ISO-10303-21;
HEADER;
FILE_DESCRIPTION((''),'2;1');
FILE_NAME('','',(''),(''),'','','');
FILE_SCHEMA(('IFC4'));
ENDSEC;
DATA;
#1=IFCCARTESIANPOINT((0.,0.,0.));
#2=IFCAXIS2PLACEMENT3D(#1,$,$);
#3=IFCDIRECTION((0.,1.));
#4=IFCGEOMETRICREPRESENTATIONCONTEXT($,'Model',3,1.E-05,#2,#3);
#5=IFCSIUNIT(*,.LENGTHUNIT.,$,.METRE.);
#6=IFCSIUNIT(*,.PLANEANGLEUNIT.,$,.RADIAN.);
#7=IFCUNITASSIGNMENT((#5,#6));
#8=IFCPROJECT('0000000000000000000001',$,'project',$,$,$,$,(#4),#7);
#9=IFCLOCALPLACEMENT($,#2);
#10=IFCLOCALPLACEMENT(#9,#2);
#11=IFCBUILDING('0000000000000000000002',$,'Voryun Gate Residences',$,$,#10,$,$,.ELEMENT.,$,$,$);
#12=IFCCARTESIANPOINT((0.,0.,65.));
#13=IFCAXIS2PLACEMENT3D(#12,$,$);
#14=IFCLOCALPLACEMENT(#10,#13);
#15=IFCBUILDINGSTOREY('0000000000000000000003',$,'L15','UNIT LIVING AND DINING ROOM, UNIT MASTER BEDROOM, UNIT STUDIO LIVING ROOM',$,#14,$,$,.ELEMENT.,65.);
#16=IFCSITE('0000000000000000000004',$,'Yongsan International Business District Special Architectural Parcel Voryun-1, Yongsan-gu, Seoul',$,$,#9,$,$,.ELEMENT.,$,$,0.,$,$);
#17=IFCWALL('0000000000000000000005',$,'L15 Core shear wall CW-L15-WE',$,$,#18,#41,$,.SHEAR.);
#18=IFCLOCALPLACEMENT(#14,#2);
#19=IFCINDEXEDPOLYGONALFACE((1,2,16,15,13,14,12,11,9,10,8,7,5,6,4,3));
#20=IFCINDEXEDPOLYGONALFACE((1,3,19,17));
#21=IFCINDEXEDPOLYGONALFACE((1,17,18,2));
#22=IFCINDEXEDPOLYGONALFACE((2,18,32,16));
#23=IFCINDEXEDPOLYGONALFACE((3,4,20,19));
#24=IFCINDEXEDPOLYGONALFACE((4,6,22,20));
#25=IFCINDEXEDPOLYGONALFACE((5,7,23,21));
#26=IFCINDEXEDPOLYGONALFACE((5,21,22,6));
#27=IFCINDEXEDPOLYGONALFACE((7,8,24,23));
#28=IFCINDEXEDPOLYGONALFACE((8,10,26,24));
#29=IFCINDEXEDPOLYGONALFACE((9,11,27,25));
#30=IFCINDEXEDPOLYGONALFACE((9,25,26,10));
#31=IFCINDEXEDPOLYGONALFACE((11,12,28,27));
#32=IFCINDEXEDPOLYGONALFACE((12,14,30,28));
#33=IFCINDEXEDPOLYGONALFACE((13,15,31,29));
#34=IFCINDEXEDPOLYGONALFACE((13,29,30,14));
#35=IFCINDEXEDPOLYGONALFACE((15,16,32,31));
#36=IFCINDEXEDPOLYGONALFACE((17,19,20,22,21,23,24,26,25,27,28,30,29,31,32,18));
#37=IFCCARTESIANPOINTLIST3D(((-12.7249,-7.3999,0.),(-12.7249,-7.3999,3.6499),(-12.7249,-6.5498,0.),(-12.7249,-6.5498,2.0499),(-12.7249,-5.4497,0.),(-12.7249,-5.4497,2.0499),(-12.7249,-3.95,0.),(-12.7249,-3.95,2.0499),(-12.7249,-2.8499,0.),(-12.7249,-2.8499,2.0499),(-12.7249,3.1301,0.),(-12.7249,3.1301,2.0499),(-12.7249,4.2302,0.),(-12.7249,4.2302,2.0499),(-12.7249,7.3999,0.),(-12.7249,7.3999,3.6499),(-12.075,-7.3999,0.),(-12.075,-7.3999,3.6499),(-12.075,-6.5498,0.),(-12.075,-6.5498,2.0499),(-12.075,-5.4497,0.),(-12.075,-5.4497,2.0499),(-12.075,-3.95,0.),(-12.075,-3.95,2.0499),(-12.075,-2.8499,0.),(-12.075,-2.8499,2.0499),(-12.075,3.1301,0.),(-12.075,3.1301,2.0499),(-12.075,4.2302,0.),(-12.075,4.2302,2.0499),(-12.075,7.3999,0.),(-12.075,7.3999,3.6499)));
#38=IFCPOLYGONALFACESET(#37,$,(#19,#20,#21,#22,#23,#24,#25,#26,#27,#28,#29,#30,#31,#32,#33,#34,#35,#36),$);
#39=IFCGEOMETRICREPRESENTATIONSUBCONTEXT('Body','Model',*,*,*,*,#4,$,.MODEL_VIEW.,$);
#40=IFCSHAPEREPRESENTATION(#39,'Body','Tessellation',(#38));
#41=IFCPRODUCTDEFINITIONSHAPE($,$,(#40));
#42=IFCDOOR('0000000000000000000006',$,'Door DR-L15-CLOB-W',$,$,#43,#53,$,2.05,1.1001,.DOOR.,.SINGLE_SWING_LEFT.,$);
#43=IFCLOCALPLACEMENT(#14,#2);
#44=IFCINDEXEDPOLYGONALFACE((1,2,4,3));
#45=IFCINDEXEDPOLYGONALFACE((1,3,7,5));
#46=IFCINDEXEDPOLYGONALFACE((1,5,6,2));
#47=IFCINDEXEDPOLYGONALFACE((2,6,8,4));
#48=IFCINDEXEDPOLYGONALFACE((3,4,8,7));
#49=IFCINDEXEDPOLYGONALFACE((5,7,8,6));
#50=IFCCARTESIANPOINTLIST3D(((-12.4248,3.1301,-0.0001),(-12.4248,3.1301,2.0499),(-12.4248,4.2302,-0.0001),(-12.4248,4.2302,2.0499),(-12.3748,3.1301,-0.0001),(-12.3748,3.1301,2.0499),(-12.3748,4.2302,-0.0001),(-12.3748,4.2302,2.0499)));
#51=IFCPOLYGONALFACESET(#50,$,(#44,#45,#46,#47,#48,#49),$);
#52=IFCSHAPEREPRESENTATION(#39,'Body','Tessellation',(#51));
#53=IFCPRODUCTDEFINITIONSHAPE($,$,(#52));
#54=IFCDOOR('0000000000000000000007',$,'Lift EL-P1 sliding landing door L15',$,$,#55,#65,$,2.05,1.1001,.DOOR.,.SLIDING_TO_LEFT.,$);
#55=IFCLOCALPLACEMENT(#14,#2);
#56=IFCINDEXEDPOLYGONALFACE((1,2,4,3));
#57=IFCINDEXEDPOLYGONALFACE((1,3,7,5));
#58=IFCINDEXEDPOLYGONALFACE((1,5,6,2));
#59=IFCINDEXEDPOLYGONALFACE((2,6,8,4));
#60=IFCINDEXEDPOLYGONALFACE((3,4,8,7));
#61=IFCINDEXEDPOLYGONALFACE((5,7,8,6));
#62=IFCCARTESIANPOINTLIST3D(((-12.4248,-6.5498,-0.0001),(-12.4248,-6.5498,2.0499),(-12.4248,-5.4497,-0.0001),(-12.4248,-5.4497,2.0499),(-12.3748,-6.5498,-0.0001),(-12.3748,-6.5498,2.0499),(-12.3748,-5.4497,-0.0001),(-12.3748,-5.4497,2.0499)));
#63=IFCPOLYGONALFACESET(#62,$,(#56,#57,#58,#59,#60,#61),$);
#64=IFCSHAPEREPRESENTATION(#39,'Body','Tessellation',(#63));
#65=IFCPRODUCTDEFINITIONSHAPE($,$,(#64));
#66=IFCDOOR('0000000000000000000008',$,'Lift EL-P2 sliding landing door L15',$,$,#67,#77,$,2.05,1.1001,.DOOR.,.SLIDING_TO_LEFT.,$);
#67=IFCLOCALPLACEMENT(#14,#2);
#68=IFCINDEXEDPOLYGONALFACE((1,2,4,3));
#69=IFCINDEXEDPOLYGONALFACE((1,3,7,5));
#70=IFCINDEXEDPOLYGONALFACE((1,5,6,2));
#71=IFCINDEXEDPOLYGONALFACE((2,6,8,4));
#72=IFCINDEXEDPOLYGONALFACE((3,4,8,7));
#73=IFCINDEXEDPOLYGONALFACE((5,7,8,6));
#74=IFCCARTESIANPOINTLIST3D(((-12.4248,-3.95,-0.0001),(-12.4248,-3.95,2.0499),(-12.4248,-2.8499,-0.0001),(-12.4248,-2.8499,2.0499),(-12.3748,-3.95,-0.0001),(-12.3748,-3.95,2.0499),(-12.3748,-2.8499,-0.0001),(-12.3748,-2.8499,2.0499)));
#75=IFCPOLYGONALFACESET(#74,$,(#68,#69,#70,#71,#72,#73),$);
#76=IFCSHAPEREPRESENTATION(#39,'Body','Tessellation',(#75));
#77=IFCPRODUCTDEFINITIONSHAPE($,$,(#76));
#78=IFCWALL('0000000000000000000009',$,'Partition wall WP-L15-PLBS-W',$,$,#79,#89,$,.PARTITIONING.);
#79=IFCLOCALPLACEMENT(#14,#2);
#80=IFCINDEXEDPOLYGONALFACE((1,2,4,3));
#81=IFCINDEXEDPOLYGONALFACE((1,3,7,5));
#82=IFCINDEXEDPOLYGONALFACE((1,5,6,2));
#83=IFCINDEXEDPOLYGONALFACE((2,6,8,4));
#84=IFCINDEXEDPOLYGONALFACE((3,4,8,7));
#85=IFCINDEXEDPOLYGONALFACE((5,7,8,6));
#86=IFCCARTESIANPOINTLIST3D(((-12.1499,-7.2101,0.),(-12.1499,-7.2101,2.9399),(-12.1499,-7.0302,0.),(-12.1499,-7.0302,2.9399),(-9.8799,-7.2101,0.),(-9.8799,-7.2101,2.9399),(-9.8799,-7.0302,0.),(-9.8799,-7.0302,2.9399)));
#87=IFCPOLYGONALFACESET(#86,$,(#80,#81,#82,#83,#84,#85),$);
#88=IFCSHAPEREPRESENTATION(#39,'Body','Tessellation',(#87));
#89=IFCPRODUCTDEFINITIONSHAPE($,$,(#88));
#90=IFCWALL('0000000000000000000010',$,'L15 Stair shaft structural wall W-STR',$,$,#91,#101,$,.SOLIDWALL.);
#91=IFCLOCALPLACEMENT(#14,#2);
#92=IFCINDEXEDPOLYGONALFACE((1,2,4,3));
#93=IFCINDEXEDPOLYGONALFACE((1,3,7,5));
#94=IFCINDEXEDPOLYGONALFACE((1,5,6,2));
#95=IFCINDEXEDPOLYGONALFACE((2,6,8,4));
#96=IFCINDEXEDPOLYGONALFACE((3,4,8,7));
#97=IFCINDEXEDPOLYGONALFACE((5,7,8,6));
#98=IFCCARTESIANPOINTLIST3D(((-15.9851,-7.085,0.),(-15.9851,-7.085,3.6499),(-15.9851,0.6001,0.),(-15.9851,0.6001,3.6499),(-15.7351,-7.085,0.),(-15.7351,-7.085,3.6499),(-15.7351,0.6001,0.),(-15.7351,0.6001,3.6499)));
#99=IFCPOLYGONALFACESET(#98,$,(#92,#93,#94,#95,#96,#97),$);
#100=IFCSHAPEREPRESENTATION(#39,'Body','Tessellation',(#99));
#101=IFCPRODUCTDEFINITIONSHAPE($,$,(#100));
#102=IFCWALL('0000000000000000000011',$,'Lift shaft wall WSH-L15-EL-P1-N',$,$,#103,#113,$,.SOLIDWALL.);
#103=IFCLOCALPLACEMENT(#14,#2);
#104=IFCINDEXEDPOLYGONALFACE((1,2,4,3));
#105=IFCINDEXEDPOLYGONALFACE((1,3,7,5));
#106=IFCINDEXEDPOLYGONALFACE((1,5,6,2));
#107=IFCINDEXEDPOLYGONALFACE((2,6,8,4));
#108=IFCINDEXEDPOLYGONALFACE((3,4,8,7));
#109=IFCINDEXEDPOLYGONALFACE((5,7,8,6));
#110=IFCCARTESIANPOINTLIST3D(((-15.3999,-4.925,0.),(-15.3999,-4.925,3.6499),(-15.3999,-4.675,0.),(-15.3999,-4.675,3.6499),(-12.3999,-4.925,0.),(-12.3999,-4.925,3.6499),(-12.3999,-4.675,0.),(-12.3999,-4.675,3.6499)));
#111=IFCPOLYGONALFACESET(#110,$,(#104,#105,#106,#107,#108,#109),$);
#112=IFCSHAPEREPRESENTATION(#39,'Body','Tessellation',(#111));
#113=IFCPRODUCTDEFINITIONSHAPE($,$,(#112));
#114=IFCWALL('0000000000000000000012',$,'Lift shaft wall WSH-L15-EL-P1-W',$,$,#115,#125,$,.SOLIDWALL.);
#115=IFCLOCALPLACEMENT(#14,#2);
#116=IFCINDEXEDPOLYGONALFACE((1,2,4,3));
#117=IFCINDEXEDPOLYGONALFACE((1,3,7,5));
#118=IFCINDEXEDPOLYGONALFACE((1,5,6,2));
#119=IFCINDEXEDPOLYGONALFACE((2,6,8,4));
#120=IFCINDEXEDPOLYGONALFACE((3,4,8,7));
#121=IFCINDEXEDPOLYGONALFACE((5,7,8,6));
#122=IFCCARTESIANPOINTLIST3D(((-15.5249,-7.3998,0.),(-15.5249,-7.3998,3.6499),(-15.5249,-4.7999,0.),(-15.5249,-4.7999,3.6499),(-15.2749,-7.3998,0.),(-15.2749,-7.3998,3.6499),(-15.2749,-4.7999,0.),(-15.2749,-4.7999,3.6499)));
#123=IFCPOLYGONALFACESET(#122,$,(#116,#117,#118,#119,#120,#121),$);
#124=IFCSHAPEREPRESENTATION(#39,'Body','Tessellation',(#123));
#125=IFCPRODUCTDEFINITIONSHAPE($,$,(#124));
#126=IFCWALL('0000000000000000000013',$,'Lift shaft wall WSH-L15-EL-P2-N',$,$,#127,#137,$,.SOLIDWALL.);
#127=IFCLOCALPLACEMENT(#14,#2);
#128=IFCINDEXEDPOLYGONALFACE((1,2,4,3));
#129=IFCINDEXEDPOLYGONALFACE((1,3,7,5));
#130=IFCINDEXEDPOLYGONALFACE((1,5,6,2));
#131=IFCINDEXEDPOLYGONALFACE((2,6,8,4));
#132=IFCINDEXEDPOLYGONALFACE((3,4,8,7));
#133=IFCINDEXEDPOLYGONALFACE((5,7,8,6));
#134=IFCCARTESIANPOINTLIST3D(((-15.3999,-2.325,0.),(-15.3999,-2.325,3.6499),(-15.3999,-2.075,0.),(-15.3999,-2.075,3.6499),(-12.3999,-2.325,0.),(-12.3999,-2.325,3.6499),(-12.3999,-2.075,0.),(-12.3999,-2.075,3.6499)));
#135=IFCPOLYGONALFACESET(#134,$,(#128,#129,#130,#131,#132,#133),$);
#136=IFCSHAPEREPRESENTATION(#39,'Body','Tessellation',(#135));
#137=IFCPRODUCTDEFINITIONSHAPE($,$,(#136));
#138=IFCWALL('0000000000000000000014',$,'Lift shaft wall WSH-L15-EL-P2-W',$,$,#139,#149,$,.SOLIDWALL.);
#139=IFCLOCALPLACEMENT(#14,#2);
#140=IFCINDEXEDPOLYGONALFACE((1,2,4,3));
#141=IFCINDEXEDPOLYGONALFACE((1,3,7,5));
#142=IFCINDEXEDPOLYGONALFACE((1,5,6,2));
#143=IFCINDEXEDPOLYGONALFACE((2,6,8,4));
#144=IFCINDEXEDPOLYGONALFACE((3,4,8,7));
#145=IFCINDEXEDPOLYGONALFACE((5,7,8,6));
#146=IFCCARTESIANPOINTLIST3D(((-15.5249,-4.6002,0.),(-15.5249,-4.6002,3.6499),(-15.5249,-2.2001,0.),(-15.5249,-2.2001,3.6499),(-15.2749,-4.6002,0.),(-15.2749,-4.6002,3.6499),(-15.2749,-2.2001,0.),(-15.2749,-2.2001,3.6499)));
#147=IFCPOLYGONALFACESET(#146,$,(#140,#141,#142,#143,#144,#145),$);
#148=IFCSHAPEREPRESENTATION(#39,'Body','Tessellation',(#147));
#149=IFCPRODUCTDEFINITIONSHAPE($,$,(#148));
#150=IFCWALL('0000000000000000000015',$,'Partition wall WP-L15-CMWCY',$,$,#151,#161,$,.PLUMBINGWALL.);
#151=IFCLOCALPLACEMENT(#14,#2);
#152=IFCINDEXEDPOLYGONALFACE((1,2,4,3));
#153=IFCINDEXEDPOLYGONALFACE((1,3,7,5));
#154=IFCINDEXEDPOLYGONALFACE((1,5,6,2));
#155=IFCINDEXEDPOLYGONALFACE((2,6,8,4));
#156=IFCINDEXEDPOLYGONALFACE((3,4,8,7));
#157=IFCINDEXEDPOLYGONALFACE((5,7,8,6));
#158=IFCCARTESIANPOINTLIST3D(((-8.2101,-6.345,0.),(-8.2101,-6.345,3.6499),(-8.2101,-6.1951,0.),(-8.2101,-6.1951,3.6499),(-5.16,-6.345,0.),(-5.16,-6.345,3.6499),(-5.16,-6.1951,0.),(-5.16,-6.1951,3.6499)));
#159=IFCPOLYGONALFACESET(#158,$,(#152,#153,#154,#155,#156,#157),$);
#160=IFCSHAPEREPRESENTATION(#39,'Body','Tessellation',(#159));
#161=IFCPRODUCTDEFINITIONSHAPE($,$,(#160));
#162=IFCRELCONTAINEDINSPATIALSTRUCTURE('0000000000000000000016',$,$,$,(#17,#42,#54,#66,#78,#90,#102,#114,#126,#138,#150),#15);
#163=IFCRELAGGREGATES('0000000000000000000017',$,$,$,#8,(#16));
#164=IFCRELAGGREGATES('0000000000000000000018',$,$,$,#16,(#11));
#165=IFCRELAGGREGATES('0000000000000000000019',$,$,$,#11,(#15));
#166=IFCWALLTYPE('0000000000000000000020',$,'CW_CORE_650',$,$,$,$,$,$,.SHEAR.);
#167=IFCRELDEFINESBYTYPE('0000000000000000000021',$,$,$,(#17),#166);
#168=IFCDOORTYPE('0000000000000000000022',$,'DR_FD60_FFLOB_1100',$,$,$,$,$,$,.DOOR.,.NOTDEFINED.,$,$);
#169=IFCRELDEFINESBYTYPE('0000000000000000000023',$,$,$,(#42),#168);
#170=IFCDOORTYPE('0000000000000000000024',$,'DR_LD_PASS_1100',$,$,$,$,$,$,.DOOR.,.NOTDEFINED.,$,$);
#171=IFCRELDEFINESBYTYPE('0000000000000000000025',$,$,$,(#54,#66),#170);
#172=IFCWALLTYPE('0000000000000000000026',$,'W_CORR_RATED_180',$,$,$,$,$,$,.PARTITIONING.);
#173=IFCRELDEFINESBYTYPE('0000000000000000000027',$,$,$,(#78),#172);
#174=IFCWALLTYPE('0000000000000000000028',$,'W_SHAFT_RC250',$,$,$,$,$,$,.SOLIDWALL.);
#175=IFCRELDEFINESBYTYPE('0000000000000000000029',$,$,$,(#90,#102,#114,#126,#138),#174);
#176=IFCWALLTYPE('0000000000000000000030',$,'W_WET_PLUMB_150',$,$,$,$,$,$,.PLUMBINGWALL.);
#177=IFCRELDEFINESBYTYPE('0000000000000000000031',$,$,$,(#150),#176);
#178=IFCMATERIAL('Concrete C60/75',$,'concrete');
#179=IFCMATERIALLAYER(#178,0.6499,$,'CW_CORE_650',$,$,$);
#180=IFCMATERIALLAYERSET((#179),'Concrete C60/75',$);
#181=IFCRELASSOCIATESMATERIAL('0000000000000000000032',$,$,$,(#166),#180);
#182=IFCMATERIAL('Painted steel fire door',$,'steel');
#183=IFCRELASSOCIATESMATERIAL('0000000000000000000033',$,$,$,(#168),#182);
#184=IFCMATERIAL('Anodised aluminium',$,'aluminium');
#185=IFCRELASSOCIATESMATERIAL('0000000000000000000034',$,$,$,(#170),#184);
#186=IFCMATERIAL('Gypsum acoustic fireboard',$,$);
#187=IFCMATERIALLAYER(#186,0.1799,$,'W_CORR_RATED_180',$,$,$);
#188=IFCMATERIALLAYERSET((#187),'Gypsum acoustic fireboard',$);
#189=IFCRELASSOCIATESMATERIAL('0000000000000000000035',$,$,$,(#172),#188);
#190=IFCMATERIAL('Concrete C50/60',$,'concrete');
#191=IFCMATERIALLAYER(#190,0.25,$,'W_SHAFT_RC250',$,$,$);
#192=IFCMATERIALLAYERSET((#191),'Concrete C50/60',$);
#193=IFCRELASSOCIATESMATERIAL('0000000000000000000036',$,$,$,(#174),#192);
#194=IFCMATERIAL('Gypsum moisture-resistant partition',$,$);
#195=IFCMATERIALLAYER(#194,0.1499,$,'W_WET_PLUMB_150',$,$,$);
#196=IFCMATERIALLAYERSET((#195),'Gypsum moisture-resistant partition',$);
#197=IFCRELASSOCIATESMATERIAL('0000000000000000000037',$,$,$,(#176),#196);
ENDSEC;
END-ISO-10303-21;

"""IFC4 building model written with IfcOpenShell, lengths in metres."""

from ifc_helpers import new_model, si_unit, direction, frame, frame_2d, origin, place, context, subcontext, project, spatial, rectangle, extrude, material, layer, layer_set, type_object, element, fill, save


model = new_model("IFC4")

# Units and contexts
model_context = context("Model", 3, precision=1e-05, world=origin(), true_north=direction((0.0, 1.0)))
body_context = subcontext(model_context, "Body", "Model", "MODEL_VIEW")
ifc_project = project(units=[si_unit("LENGTHUNIT", "METRE"), si_unit("PLANEANGLEUNIT", "RADIAN")], contexts=[model_context])

# Site, building, storey
site_placement = place(None, origin())
site = spatial("IfcSite", under=ifc_project, at=site_placement, Name="Yongsan International Business District Special Architectural Parcel Voryun-1, Yongsan-gu, Seoul", CompositionType="ELEMENT", RefElevation=0.0)
building_placement = place(site_placement, origin())
building = spatial("IfcBuilding", under=site, at=building_placement, Name="Voryun Gate Residences", CompositionType="ELEMENT")
storey_placement = place(building_placement, frame((0.0, 0.0, 65.0)))
storey = spatial("IfcBuildingStorey", under=building, at=storey_placement, Name="L15", Description="UNIT LIVING AND DINING ROOM, UNIT MASTER BEDROOM, UNIT STUDIO LIVING ROOM", CompositionType="ELEMENT", Elevation=65.0)

# Wall, openings, doors
ifc_material_1 = material(Name="Concrete C60/75", Category="concrete")
ifc_layer_1 = layer(ifc_material_1, 0.6499, Name="CW_CORE_650")
ifc_layer_set_1 = layer_set([ifc_layer_1], Name="Concrete C60/75")
wall_type_1 = type_object("IfcWallType", Name="CW_CORE_650", PredefinedType="SHEAR", material=ifc_layer_set_1)
wall_1_placement = place(storey_placement, frame((-12.3999, -7.3999, 0.0), z_axis=(0.0, 0.0, 1.0), x_axis=(0.0, 1.0, 0.0)))
wall_1 = element("IfcWall", 1, at=wall_1_placement, inside=storey, type_object=wall_type_1, Name="L15 Core shear wall CW-L15-WE", PredefinedType="SHEAR", context=body_context, shape_type="SweptSolid", body=[
    extrude(rectangle(XDim=14.7998, YDim=0.6499, at=frame_2d((7.3999, 0.0))), origin(), (0.0, 0.0, 1.0), 3.6499),
])
opening_1_placement = place(wall_1_placement, frame((0.8501, 0.0, 0.0)))
opening_1 = element("IfcOpeningElement", 2, at=opening_1_placement, cuts=wall_1, PredefinedType="OPENING", context=body_context, shape_type="SweptSolid", body=[
    extrude(rectangle(XDim=1.1001, YDim=2.05, at=frame_2d((0.55, 1.0249))), frame((0.0, 0.335, 0.0), z_axis=(0.0, -1.0, 0.0), x_axis=(1.0, 0.0, 0.0)), (0.0, 0.0, 1.0), 0.6699),
])
opening_2_placement = place(wall_1_placement, frame((3.45, 0.0, 0.0)))
opening_2 = element("IfcOpeningElement", 3, at=opening_2_placement, cuts=wall_1, PredefinedType="OPENING", context=body_context, shape_type="SweptSolid", body=[
    extrude(rectangle(XDim=1.1001, YDim=2.05, at=frame_2d((0.55, 1.0249))), frame((0.0, 0.335, 0.0), z_axis=(0.0, -1.0, 0.0), x_axis=(1.0, 0.0, 0.0)), (0.0, 0.0, 1.0), 0.6699),
])
opening_3_placement = place(wall_1_placement, frame((10.53, 0.0, 0.0)))
opening_3 = element("IfcOpeningElement", 4, at=opening_3_placement, cuts=wall_1, PredefinedType="OPENING", context=body_context, shape_type="SweptSolid", body=[
    extrude(rectangle(XDim=1.1001, YDim=2.05, at=frame_2d((0.55, 1.0249))), frame((0.0, 0.335, 0.0), z_axis=(0.0, -1.0, 0.0), x_axis=(1.0, 0.0, 0.0)), (0.0, 0.0, 1.0), 0.6699),
])
ifc_material_2 = material(Name="Painted steel fire door", Category="steel")
door_type_1 = type_object("IfcDoorType", Name="DR_FD60_FFLOB_1100", OperationType="NOTDEFINED", PredefinedType="DOOR", material=ifc_material_2)
door_1_placement = place(opening_3_placement, origin())
door_1 = element("IfcDoor", 5, at=door_1_placement, inside=storey, type_object=door_type_1, Name="Door DR-L15-CLOB-W", OperationType="SINGLE_SWING_LEFT", OverallHeight=2.05, OverallWidth=1.1001, PredefinedType="DOOR", context=body_context, shape_type="SweptSolid", body=[
    extrude(rectangle(XDim=1.1001, YDim=2.05, at=frame_2d((0.55, 1.0249))), frame((0.0, 0.0249, 0.0), z_axis=(0.0, -1.0, 0.0), x_axis=(1.0, 0.0, 0.0)), (0.0, 0.0, 1.0), 0.05),
])
fill(opening_3, door_1)
ifc_material_3 = material(Name="Anodised aluminium", Category="aluminium")
door_type_2 = type_object("IfcDoorType", Name="DR_LD_PASS_1100", OperationType="NOTDEFINED", PredefinedType="DOOR", material=ifc_material_3)
door_2_placement = place(opening_1_placement, origin())
door_2 = element("IfcDoor", 6, at=door_2_placement, inside=storey, type_object=door_type_2, Name="Lift EL-P1 sliding landing door L15", OperationType="SLIDING_TO_LEFT", OverallHeight=2.05, OverallWidth=1.1001, PredefinedType="DOOR", context=body_context, shape_type="SweptSolid", body=[
    extrude(rectangle(XDim=1.1001, YDim=2.05, at=frame_2d((0.55, 1.0249))), frame((0.0, 0.0249, 0.0), z_axis=(0.0, -1.0, 0.0), x_axis=(1.0, 0.0, 0.0)), (0.0, 0.0, 1.0), 0.05),
])
fill(opening_1, door_2)
door_3_placement = place(opening_2_placement, origin())
door_3 = element("IfcDoor", 7, at=door_3_placement, inside=storey, type_object=door_type_2, Name="Lift EL-P2 sliding landing door L15", OperationType="SLIDING_TO_LEFT", OverallHeight=2.05, OverallWidth=1.1001, PredefinedType="DOOR", context=body_context, shape_type="SweptSolid", body=[
    extrude(rectangle(XDim=1.1001, YDim=2.05, at=frame_2d((0.55, 1.0249))), frame((0.0, 0.0249, 0.0), z_axis=(0.0, -1.0, 0.0), x_axis=(1.0, 0.0, 0.0)), (0.0, 0.0, 1.0), 0.05),
])
fill(opening_2, door_3)

# Walls
ifc_material_4 = material(Name="Gypsum acoustic fireboard")
ifc_layer_2 = layer(ifc_material_4, 0.1799, Name="W_CORR_RATED_180")
ifc_layer_set_2 = layer_set([ifc_layer_2], Name="Gypsum acoustic fireboard")
wall_type_2 = type_object("IfcWallType", Name="W_CORR_RATED_180", PredefinedType="PARTITIONING", material=ifc_layer_set_2)
wall_2_placement = place(storey_placement, frame((-12.1499, -7.1201, 0.0), z_axis=(0.0, 0.0, 1.0), x_axis=(1.0, 0.0, 0.0)))
element("IfcWall", 8, at=wall_2_placement, inside=storey, type_object=wall_type_2, Name="Partition wall WP-L15-PLBS-W", PredefinedType="PARTITIONING", context=body_context, shape_type="SweptSolid", body=[
    extrude(rectangle(XDim=2.27, YDim=0.1799, at=frame_2d((1.135, 0.0))), origin(), (0.0, 0.0, 1.0), 2.9399),
])
ifc_material_5 = material(Name="Concrete C50/60", Category="concrete")
ifc_layer_3 = layer(ifc_material_5, 0.25, Name="W_SHAFT_RC250")
ifc_layer_set_3 = layer_set([ifc_layer_3], Name="Concrete C50/60")
wall_type_3 = type_object("IfcWallType", Name="W_SHAFT_RC250", PredefinedType="SOLIDWALL", material=ifc_layer_set_3)
wall_3_placement = place(storey_placement, frame((-15.8601, -7.085, 0.0), z_axis=(0.0, 0.0, 1.0), x_axis=(0.0, 1.0, 0.0)))
element("IfcWall", 9, at=wall_3_placement, inside=storey, type_object=wall_type_3, Name="L15 Stair shaft structural wall W-STR", PredefinedType="SOLIDWALL", context=body_context, shape_type="SweptSolid", body=[
    extrude(rectangle(XDim=7.6851, YDim=0.25, at=frame_2d((3.8425, 0.0))), origin(), (0.0, 0.0, 1.0), 3.6499),
])
wall_4_placement = place(storey_placement, frame((-12.3999, -4.8, 0.0), z_axis=(0.0, 0.0, 1.0), x_axis=(-1.0, 0.0, 0.0)))
element("IfcWall", 10, at=wall_4_placement, inside=storey, type_object=wall_type_3, Name="Lift shaft wall WSH-L15-EL-P1-N", PredefinedType="SOLIDWALL", context=body_context, shape_type="SweptSolid", body=[
    extrude(rectangle(XDim=3.0, YDim=0.25, at=frame_2d((1.5, 0.0))), origin(), (0.0, 0.0, 1.0), 3.6499),
])
wall_5_placement = place(storey_placement, frame((-15.3999, -4.8, 0.0), z_axis=(0.0, 0.0, 1.0), x_axis=(0.0, -1.0, 0.0)))
element("IfcWall", 11, at=wall_5_placement, inside=storey, type_object=wall_type_3, Name="Lift shaft wall WSH-L15-EL-P1-W", PredefinedType="SOLIDWALL", context=body_context, shape_type="SweptSolid", body=[
    extrude(rectangle(XDim=2.5999, YDim=0.25, at=frame_2d((1.2998, 0.0))), origin(), (0.0, 0.0, 1.0), 3.6499),
])
wall_6_placement = place(storey_placement, frame((-12.3999, -2.2, 0.0), z_axis=(0.0, 0.0, 1.0), x_axis=(-1.0, 0.0, 0.0)))
element("IfcWall", 12, at=wall_6_placement, inside=storey, type_object=wall_type_3, Name="Lift shaft wall WSH-L15-EL-P2-N", PredefinedType="SOLIDWALL", context=body_context, shape_type="SweptSolid", body=[
    extrude(rectangle(XDim=3.0, YDim=0.25, at=frame_2d((1.5, 0.0))), origin(), (0.0, 0.0, 1.0), 3.6499),
])
wall_7_placement = place(storey_placement, frame((-15.3999, -2.2, 0.0), z_axis=(0.0, 0.0, 1.0), x_axis=(0.0, -1.0, 0.0)))
element("IfcWall", 13, at=wall_7_placement, inside=storey, type_object=wall_type_3, Name="Lift shaft wall WSH-L15-EL-P2-W", PredefinedType="SOLIDWALL", context=body_context, shape_type="SweptSolid", body=[
    extrude(rectangle(XDim=2.4001, YDim=0.25, at=frame_2d((1.2002, 0.0))), origin(), (0.0, 0.0, 1.0), 3.6499),
])
ifc_material_6 = material(Name="Gypsum moisture-resistant partition")
ifc_layer_4 = layer(ifc_material_6, 0.1499, Name="W_WET_PLUMB_150")
ifc_layer_set_4 = layer_set([ifc_layer_4], Name="Gypsum moisture-resistant partition")
wall_type_4 = type_object("IfcWallType", Name="W_WET_PLUMB_150", PredefinedType="PLUMBINGWALL", material=ifc_layer_set_4)
wall_8_placement = place(storey_placement, frame((-8.21, -6.27, 0.0), z_axis=(0.0, 0.0, 1.0), x_axis=(1.0, 0.0, 0.0)))
element("IfcWall", 14, at=wall_8_placement, inside=storey, type_object=wall_type_4, Name="Partition wall WP-L15-CMWCY", PredefinedType="PLUMBINGWALL", context=body_context, shape_type="SweptSolid", body=[
    extrude(rectangle(XDim=3.05, YDim=0.1499, at=frame_2d((1.5249, 0.0))), origin(), (0.0, 0.0, 1.0), 3.6499),
])

save(model, "model.ifc")
